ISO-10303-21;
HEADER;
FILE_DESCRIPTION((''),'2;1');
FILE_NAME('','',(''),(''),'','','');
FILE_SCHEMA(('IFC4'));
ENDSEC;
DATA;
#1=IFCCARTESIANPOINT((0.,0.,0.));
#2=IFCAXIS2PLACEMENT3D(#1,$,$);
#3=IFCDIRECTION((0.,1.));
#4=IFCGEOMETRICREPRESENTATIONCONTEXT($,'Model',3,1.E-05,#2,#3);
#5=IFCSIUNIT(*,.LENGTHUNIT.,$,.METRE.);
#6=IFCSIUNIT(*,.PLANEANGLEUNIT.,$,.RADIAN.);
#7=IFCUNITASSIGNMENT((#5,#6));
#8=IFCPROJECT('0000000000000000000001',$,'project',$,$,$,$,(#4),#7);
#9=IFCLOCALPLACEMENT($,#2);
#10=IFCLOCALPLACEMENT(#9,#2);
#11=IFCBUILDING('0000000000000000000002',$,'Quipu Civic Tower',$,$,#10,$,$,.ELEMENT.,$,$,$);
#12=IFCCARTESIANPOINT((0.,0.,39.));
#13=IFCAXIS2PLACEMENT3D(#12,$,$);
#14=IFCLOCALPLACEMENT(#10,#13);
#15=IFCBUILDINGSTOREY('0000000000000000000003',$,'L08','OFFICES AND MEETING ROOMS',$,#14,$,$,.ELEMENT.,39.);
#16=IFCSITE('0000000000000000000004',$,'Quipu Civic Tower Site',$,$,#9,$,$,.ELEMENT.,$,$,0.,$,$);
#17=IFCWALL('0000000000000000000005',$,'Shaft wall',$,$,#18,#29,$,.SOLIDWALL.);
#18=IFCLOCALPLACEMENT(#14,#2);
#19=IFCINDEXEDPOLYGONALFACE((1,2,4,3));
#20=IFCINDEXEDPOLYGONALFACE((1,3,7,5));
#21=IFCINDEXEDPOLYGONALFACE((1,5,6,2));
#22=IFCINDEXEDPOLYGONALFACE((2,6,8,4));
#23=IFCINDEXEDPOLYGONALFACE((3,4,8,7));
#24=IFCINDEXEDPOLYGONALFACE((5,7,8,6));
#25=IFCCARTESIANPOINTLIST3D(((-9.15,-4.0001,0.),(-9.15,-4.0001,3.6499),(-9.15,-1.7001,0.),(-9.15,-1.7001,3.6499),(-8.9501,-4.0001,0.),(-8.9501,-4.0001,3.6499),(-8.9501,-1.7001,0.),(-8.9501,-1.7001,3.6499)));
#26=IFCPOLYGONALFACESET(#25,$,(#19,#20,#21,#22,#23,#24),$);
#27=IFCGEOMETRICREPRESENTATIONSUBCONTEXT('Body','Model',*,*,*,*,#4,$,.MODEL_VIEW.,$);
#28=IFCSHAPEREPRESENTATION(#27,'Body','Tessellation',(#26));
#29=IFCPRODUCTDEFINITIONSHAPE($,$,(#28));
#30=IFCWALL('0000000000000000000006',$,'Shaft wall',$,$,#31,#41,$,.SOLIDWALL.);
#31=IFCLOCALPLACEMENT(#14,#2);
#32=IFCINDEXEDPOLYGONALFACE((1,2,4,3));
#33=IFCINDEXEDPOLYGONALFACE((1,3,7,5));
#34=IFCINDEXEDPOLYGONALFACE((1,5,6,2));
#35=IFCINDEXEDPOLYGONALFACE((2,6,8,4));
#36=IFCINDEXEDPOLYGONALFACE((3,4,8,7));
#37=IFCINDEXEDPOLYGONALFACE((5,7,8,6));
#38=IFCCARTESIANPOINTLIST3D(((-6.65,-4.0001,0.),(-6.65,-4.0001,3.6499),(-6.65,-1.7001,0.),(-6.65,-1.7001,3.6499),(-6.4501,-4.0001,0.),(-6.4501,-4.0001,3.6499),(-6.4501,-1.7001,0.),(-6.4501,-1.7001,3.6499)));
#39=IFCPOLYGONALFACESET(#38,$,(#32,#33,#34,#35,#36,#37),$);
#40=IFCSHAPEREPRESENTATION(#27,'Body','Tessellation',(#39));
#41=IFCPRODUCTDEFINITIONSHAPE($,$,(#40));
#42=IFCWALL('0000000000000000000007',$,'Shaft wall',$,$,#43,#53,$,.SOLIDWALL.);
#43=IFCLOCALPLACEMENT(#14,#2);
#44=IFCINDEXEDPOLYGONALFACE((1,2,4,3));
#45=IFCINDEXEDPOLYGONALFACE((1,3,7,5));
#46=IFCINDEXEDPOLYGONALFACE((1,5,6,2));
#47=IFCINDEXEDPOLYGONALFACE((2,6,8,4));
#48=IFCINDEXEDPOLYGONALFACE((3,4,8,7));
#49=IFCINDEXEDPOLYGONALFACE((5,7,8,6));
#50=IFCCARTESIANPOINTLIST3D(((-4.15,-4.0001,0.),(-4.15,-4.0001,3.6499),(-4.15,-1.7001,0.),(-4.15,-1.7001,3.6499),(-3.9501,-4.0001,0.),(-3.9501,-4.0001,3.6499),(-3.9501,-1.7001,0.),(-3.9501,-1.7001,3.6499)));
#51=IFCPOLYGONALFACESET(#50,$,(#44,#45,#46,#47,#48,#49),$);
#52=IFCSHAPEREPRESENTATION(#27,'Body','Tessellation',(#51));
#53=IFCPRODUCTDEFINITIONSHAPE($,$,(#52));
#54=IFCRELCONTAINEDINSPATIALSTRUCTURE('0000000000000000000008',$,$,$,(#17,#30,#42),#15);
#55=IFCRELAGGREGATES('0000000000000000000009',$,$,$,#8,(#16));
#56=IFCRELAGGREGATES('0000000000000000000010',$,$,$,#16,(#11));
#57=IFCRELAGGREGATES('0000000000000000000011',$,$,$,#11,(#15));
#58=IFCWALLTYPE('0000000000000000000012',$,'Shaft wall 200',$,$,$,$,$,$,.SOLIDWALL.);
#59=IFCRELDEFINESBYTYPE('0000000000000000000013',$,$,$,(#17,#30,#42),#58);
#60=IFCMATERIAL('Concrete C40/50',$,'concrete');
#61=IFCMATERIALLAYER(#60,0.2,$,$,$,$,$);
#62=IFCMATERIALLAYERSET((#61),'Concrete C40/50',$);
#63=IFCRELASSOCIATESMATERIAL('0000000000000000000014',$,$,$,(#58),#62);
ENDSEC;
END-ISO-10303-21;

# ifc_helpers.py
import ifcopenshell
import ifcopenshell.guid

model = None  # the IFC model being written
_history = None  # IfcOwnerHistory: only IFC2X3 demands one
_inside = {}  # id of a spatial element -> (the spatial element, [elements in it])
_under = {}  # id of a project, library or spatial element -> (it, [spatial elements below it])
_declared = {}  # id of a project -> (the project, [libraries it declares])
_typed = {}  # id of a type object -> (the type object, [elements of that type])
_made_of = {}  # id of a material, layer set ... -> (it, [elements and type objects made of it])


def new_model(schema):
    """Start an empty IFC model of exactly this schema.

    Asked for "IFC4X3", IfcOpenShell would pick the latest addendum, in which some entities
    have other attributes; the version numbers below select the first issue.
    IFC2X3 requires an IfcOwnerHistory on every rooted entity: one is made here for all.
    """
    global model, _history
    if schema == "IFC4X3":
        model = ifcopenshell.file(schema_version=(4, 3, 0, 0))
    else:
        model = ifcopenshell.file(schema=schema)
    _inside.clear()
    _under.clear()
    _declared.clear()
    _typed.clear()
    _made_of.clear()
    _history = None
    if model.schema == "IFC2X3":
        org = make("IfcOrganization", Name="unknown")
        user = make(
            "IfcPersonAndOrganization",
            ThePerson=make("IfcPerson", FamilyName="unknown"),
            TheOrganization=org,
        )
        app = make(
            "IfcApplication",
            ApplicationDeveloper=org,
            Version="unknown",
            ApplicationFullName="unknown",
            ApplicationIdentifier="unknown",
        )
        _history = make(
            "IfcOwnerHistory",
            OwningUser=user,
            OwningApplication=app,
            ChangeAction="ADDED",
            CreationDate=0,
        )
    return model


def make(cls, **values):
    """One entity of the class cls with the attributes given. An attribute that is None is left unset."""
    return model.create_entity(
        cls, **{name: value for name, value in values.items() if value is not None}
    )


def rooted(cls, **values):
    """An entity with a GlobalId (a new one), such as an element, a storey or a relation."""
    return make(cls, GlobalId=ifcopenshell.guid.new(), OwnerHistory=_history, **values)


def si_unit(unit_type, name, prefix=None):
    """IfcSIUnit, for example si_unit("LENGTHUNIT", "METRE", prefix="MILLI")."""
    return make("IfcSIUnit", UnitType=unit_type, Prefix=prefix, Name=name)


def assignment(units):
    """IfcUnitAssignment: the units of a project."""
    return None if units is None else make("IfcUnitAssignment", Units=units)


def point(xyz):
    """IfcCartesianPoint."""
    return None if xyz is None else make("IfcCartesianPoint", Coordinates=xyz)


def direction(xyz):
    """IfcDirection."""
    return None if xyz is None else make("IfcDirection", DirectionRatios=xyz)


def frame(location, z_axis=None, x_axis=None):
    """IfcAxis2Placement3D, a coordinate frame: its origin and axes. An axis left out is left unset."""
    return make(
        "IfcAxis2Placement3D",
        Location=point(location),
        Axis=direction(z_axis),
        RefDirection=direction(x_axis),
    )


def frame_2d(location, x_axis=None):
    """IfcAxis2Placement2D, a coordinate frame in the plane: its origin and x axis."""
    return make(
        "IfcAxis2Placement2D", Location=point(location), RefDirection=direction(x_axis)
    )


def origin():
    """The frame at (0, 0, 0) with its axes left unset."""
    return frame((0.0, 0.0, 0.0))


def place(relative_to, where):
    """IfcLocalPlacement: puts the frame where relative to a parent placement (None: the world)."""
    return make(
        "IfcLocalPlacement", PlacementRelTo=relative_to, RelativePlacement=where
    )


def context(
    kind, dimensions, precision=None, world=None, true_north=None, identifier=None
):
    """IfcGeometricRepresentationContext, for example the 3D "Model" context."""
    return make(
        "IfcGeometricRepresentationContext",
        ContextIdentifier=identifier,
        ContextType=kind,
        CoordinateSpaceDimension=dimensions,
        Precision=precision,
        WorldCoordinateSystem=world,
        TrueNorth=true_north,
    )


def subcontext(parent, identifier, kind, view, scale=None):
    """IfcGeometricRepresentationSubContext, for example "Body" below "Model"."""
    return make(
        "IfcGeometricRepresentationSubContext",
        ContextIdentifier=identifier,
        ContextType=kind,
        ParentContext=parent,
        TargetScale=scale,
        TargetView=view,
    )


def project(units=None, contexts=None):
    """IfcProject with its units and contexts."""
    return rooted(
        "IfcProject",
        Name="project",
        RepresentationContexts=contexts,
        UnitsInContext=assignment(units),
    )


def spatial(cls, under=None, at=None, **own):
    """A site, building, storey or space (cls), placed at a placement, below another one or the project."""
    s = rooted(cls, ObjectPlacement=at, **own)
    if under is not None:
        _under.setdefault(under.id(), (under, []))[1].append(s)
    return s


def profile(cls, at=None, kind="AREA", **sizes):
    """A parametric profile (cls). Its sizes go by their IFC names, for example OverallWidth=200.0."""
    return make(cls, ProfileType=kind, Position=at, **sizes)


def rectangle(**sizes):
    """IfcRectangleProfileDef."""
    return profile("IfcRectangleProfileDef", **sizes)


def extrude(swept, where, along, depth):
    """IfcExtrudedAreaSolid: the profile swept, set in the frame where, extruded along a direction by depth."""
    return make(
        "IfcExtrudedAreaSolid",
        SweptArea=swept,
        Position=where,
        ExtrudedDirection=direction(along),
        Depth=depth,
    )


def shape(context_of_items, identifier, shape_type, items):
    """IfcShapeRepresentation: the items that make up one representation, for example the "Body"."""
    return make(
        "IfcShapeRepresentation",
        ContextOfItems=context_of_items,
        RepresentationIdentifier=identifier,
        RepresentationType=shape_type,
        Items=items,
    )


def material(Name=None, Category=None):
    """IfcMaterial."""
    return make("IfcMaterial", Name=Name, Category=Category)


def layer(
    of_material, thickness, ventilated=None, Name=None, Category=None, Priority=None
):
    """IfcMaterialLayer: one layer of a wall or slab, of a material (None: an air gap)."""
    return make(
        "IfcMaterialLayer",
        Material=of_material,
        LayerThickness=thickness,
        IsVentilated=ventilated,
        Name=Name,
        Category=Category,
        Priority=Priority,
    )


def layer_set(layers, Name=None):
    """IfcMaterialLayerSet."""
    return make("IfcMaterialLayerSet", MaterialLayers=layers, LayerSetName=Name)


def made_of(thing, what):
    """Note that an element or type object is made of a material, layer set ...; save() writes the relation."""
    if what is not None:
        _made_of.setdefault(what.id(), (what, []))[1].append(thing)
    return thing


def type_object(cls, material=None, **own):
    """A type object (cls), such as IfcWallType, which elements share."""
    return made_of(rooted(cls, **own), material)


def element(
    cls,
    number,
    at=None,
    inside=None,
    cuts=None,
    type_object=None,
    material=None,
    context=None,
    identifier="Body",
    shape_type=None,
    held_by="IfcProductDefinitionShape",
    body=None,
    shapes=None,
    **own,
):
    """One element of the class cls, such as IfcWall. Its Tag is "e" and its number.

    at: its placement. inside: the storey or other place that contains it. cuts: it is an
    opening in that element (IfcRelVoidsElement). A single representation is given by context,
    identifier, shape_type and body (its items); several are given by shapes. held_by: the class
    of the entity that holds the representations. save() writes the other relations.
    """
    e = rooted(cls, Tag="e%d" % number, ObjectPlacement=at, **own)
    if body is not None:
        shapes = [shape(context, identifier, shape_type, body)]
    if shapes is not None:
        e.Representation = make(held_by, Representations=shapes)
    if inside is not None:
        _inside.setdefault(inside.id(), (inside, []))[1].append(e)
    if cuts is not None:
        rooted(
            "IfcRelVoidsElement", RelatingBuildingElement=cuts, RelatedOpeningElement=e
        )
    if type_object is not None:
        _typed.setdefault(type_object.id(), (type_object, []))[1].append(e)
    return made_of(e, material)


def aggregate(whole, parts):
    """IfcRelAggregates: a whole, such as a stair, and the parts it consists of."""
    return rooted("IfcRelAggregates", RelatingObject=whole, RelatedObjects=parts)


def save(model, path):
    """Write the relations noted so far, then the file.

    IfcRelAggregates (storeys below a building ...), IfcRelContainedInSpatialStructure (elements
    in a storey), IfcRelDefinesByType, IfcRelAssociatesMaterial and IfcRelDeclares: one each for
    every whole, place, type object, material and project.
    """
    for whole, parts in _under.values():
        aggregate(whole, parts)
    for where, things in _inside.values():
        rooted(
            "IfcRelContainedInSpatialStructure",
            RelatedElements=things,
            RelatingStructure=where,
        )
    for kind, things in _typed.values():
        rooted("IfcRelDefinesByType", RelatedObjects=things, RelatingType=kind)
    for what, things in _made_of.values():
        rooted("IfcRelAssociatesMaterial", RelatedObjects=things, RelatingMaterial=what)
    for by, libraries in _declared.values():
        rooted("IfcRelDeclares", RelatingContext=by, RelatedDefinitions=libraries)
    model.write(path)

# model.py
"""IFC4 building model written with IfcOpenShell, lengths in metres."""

from ifc_helpers import new_model, si_unit, direction, frame, frame_2d, origin, place, context, subcontext, project, spatial, rectangle, extrude, material, layer, layer_set, type_object, element, save


model = new_model("IFC4")

# Units and contexts
model_context = context("Model", 3, precision=1e-05, world=origin(), true_north=direction((0.0, 1.0)))
body_context = subcontext(model_context, "Body", "Model", "MODEL_VIEW")
ifc_project = project(units=[si_unit("LENGTHUNIT", "METRE"), si_unit("PLANEANGLEUNIT", "RADIAN")], contexts=[model_context])

# Site, building, storey
site_placement = place(None, origin())
site = spatial("IfcSite", under=ifc_project, at=site_placement, Name="Quipu Civic Tower Site", CompositionType="ELEMENT", RefElevation=0.0)
building_placement = place(site_placement, origin())
building = spatial("IfcBuilding", under=site, at=building_placement, Name="Quipu Civic Tower", CompositionType="ELEMENT")
storey_placement = place(building_placement, frame((0.0, 0.0, 39.0)))
storey = spatial("IfcBuildingStorey", under=building, at=storey_placement, Name="L08", Description="OFFICES AND MEETING ROOMS", CompositionType="ELEMENT", Elevation=39.0)

# Walls
ifc_material_1 = material(Name="Concrete C40/50", Category="concrete")
ifc_layer_1 = layer(ifc_material_1, 0.2)
ifc_layer_set_1 = layer_set([ifc_layer_1], Name="Concrete C40/50")
wall_type_1 = type_object("IfcWallType", Name="Shaft wall 200", PredefinedType="SOLIDWALL", material=ifc_layer_set_1)
for number, where, z_axis, x_axis, name in (
    (1, (-9.05, -4.0, 0.0), (0.0, 0.0, 1.0), (0.0, 1.0, 0.0), "Shaft wall"),
    (2, (-6.55, -4.0, 0.0), (0.0, 0.0, 1.0), (0.0, 1.0, 0.0), "Shaft wall"),
    (3, (-4.05, -4.0, 0.0), (0.0, 0.0, 1.0), (0.0, 1.0, 0.0), "Shaft wall"),
):
    element("IfcWall", number, at=place(storey_placement, frame(where, z_axis=z_axis, x_axis=x_axis)), inside=storey, type_object=wall_type_1, Name=name, PredefinedType="SOLIDWALL", context=body_context, shape_type="SweptSolid", body=[
        extrude(rectangle(XDim=2.3, YDim=0.2, at=frame_2d((1.1499, 0.0))), origin(), (0.0, 0.0, 1.0), 3.6499),
    ])

save(model, "model.ifc")
